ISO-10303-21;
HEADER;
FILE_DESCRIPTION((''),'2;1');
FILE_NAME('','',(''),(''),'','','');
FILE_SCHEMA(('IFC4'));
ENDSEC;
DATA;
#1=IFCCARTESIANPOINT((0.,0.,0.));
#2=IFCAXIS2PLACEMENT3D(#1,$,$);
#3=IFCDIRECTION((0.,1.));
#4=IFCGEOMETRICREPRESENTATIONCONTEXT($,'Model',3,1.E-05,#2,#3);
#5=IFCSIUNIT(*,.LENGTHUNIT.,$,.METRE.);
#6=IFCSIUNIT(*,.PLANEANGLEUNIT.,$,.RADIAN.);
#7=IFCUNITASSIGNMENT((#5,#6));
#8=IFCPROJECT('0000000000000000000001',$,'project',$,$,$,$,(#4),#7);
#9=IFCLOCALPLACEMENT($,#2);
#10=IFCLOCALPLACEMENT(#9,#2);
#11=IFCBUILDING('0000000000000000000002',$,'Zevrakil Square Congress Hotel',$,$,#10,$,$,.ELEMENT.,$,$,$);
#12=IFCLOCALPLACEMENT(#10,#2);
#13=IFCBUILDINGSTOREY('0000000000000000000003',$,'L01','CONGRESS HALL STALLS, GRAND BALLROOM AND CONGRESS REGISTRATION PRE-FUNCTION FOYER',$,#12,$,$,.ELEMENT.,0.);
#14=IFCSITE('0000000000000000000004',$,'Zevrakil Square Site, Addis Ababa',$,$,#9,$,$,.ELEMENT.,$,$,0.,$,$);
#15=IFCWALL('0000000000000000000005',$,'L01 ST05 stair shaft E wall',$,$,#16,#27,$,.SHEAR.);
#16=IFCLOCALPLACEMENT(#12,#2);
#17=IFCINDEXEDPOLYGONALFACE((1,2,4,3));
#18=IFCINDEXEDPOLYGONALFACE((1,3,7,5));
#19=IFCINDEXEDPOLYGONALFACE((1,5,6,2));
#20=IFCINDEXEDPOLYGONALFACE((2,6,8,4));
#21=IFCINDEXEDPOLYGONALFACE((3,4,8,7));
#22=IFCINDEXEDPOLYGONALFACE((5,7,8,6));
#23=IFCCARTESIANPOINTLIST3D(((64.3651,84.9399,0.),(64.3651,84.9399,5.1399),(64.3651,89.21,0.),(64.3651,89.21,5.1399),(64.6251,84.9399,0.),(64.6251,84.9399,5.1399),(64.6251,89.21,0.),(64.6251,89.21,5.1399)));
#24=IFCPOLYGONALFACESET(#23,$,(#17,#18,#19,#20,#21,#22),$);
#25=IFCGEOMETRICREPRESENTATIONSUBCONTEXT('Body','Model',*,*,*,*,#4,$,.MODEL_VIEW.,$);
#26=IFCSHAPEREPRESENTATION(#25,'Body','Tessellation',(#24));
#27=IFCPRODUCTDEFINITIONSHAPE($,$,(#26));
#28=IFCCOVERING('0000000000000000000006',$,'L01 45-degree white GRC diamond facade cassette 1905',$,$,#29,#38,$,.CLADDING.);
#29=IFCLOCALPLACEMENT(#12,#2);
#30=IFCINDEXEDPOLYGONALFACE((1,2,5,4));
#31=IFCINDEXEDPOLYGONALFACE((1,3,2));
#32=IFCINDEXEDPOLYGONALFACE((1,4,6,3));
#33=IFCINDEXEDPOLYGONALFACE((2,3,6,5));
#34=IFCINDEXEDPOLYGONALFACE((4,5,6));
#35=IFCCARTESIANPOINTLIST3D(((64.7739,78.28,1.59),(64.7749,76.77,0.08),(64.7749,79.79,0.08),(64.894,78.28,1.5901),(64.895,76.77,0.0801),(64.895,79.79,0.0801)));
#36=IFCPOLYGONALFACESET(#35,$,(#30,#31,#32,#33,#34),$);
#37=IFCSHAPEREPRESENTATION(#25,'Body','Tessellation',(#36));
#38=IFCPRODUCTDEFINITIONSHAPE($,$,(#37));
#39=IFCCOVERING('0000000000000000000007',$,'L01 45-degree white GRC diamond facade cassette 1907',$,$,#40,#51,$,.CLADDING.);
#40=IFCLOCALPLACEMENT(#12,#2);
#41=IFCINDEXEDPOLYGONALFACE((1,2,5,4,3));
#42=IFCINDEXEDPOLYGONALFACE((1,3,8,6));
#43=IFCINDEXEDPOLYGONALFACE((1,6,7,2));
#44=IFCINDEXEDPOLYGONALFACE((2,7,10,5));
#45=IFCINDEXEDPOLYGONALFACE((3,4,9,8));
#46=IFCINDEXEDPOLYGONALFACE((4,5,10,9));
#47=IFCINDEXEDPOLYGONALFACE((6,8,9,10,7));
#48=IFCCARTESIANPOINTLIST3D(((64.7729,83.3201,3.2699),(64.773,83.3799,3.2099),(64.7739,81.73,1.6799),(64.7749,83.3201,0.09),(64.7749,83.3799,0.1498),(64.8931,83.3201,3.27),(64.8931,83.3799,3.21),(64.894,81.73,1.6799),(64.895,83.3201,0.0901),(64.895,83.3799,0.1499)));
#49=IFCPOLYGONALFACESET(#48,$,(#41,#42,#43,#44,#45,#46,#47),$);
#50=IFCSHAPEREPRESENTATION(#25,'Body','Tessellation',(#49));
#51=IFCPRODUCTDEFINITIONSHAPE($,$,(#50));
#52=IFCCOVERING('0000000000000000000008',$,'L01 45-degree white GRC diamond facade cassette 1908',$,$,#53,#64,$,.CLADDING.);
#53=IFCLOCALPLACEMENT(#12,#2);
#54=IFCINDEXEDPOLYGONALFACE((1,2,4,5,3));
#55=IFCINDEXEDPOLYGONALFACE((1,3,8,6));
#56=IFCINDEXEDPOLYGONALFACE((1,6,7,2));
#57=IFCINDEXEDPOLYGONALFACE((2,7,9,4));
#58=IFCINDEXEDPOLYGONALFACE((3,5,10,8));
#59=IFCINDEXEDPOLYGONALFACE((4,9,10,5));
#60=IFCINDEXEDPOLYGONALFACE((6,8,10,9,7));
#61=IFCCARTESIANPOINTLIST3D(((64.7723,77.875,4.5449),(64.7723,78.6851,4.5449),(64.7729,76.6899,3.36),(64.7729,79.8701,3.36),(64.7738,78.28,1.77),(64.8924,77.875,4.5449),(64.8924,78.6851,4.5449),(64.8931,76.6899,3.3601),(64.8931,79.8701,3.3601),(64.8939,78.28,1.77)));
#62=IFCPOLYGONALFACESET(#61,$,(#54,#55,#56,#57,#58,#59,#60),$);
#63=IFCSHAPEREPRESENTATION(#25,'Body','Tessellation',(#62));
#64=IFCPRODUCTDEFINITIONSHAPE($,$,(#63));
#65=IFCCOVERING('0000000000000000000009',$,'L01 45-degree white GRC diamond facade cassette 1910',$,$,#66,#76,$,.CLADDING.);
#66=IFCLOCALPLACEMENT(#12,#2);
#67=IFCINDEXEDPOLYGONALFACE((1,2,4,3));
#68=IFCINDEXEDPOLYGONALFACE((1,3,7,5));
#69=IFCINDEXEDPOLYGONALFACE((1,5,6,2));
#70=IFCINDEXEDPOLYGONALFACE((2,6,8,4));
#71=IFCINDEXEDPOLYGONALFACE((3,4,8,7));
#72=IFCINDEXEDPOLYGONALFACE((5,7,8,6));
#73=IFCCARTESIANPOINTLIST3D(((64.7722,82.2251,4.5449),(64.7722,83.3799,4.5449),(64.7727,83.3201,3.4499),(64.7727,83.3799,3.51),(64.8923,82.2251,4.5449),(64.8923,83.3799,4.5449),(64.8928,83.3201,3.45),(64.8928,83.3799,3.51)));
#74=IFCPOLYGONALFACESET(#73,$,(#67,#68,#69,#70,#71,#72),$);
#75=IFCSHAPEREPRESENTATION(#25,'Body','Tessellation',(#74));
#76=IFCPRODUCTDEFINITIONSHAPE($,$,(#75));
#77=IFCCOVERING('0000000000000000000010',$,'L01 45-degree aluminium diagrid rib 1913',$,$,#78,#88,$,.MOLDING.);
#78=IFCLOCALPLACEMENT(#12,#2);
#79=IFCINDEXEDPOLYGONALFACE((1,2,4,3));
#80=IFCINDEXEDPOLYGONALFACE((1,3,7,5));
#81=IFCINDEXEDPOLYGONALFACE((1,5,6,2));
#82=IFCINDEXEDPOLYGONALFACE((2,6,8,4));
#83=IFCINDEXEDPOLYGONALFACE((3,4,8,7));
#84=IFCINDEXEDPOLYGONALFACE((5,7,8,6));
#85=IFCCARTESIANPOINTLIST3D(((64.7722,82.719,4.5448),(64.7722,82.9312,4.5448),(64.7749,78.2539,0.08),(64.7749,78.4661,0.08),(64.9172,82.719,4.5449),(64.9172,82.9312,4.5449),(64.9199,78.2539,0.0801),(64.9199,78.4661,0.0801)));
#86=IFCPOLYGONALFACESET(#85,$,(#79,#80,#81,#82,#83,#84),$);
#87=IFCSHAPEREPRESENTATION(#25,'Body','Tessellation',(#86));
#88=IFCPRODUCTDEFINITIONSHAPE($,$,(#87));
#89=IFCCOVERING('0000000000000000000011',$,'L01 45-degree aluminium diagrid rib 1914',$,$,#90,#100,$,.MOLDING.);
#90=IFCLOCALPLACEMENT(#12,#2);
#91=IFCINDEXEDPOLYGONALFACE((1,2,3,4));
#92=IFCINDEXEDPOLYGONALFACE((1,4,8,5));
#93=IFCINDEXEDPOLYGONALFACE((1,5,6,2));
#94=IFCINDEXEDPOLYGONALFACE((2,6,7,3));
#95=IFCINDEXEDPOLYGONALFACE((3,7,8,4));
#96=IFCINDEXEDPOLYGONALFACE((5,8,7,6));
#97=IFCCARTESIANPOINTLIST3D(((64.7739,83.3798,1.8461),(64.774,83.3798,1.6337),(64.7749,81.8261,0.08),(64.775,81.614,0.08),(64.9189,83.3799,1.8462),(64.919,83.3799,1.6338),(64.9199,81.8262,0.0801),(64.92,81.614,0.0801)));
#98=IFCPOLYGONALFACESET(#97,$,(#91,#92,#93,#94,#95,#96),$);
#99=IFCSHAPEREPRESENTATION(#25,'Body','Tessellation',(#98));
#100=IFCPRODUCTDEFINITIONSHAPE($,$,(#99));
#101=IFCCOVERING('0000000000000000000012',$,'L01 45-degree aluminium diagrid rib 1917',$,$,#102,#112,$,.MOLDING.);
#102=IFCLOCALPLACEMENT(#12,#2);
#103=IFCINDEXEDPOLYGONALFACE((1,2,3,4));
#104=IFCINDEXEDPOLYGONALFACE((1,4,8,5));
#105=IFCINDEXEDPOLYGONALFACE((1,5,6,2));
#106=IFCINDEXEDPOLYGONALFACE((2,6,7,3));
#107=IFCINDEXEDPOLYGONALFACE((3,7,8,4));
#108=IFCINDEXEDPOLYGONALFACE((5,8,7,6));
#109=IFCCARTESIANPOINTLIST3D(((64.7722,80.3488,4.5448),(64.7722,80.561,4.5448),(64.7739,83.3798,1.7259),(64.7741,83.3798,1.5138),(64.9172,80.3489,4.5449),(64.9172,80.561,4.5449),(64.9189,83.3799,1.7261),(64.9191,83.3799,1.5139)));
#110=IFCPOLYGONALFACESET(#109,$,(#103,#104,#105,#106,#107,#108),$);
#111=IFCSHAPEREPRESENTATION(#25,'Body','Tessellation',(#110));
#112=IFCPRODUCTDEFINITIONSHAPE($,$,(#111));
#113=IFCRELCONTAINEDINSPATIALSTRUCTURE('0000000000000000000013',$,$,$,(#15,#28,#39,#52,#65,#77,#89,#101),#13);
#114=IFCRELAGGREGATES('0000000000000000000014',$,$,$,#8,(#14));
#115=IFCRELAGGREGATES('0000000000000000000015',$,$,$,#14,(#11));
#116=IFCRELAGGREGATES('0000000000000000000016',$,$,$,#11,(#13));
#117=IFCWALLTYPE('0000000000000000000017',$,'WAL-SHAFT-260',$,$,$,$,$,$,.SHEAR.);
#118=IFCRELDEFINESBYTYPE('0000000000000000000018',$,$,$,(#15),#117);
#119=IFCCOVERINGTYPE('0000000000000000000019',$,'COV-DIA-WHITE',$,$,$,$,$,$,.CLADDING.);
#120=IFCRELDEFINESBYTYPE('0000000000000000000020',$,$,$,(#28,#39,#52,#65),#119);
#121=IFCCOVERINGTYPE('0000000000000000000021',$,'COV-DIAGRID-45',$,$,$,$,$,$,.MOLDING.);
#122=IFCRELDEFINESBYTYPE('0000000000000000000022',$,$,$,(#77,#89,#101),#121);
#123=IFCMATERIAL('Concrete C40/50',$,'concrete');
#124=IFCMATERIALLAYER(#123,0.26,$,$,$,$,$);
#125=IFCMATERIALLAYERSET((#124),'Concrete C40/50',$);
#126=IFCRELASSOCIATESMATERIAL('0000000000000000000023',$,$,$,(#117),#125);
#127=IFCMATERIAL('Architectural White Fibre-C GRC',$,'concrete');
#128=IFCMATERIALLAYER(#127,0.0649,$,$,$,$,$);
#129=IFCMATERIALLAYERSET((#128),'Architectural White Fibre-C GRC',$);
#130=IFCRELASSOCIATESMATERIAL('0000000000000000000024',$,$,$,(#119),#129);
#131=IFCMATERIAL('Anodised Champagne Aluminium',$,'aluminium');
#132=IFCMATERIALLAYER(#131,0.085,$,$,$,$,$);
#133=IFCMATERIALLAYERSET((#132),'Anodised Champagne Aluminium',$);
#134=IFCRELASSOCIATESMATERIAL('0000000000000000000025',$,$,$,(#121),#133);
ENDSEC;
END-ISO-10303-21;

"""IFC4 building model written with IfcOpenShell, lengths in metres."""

from ifc_helpers import new_model, si_unit, direction, frame, frame_2d, origin, place, context, subcontext, project, spatial, polyline, rectangle, outline, extrude, material, layer, layer_set, type_object, element, save


model = new_model("IFC4")

# Units and contexts
model_context = context("Model", 3, precision=1e-05, world=origin(), true_north=direction((0.0, 1.0)))
body_context = subcontext(model_context, "Body", "Model", "MODEL_VIEW")
ifc_project = project(units=[si_unit("LENGTHUNIT", "METRE"), si_unit("PLANEANGLEUNIT", "RADIAN")], contexts=[model_context])

# Site, building, storey
site_placement = place(None, origin())
site = spatial("IfcSite", under=ifc_project, at=site_placement, Name="Zevrakil Square Site, Addis Ababa", CompositionType="ELEMENT", RefElevation=0.0)
building_placement = place(site_placement, origin())
building = spatial("IfcBuilding", under=site, at=building_placement, Name="Zevrakil Square Congress Hotel", CompositionType="ELEMENT")
storey_placement = place(building_placement, origin())
storey = spatial("IfcBuildingStorey", under=building, at=storey_placement, Name="L01", Description="CONGRESS HALL STALLS, GRAND BALLROOM AND CONGRESS REGISTRATION PRE-FUNCTION FOYER", CompositionType="ELEMENT", Elevation=0.0)

# Wall
ifc_material_1 = material(Name="Concrete C40/50", Category="concrete")
ifc_layer_1 = layer(ifc_material_1, 0.26)
ifc_layer_set_1 = layer_set([ifc_layer_1], Name="Concrete C40/50")
wall_type_1 = type_object("IfcWallType", Name="WAL-SHAFT-260", PredefinedType="SHEAR", material=ifc_layer_set_1)
wall_1_placement = place(storey_placement, frame((64.4951, 84.9399, 0.0), z_axis=(0.0, 0.0, 1.0), x_axis=(0.0, 1.0, 0.0)))
element("IfcWall", 1, at=wall_1_placement, inside=storey, type_object=wall_type_1, Name="L01 ST05 stair shaft E wall", PredefinedType="SHEAR", context=body_context, shape_type="SweptSolid", body=[
    extrude(rectangle(XDim=4.27, YDim=0.26, at=frame_2d((2.135, 0.0))), origin(), (0.0, 0.0, 1.0), 5.1399),
])

# Coverings
ifc_material_2 = material(Name="Architectural White Fibre-C GRC", Category="concrete")
ifc_layer_2 = layer(ifc_material_2, 0.0649)
ifc_layer_set_2 = layer_set([ifc_layer_2], Name="Architectural White Fibre-C GRC")
covering_type_1 = type_object("IfcCoveringType", Name="COV-DIA-WHITE", PredefinedType="CLADDING", material=ifc_layer_set_2)
covering_1_placement = place(storey_placement, frame((64.894, 78.28, 1.5901), z_axis=(1.0, 0.0, 0.000647), x_axis=(0.000457, 0.707107, -0.707107)))
element("IfcCovering", 2, at=covering_1_placement, inside=storey, type_object=covering_type_1, Name="L01 45-degree white GRC diamond facade cassette 1905", PredefinedType="CLADDING", context=body_context, shape_type="SweptSolid", body=[
    extrude(outline(polyline([(0.0, 0.0), (2.1355, 0.0), (0.0, -2.1355), (0.0, 0.0)])), origin(), (0.0, 0.0, -1.0), 0.1201),
])
covering_2_placement = place(storey_placement, frame((64.895, 83.3201, 0.0901), z_axis=(1.0, 0.0, 0.000615), x_axis=(-0.000435, -0.707161, 0.707052)))
element("IfcCovering", 3, at=covering_2_placement, inside=storey, type_object=covering_type_1, Name="L01 45-degree white GRC diamond facade cassette 1907", PredefinedType="CLADDING", context=body_context, shape_type="SweptSolid", body=[
    extrude(outline(polyline([(0.0, 0.0), (2.2486, 0.0), (2.2484, -2.2487), (2.1636, -2.2485), (0.0, -0.0846), (0.0, 0.0)])), origin(), (0.0, 0.0, -1.0), 0.1201),
])
covering_3_placement = place(storey_placement, frame((64.8931, 79.8701, 3.3601), z_axis=(1.0, 0.0, 0.000537), x_axis=(0.00038, -0.707107, -0.707107)))
element("IfcCovering", 4, at=covering_3_placement, inside=storey, type_object=covering_type_1, Name="L01 45-degree white GRC diamond facade cassette 1908", PredefinedType="CLADDING", context=body_context, shape_type="SweptSolid", body=[
    extrude(outline(polyline([(0.0, 0.0), (2.2487, 0.0), (2.2487, -2.2487), (0.573, -2.2486), (0.0002, -1.6758), (0.0, 0.0)])), origin(), (0.0, 0.0, -1.0), 0.1201),
])
covering_4_placement = place(storey_placement, frame((64.8928, 83.3201, 3.45), z_axis=(1.0, -0.000022, 0.000447), x_axis=(-0.000332, -0.707107, 0.707107)))
element("IfcCovering", 5, at=covering_4_placement, inside=storey, type_object=covering_type_1, Name="L01 45-degree white GRC diamond facade cassette 1910", PredefinedType="CLADDING", context=body_context, shape_type="SweptSolid", body=[
    extrude(outline(polyline([(0.0, 0.0), (1.5485, 0.0), (0.732, -0.8166), (0.0002, -0.0848), (0.0, 0.0)])), origin(), (0.0, 0.0, -1.0), 0.1201),
])
ifc_material_3 = material(Name="Anodised Champagne Aluminium", Category="aluminium")
ifc_layer_3 = layer(ifc_material_3, 0.085)
ifc_layer_set_3 = layer_set([ifc_layer_3], Name="Anodised Champagne Aluminium")
covering_type_2 = type_object("IfcCoveringType", Name="COV-DIAGRID-45", PredefinedType="MOLDING", material=ifc_layer_set_3)
covering_5_placement = place(storey_placement, frame((64.9199, 78.4661, 0.0801), z_axis=(1.0, 0.0, 0.000601), x_axis=(0.0, -1.0, 0.0)))
element("IfcCovering", 6, at=covering_5_placement, inside=storey, type_object=covering_type_2, Name="L01 45-degree aluminium diagrid rib 1913", PredefinedType="MOLDING", context=body_context, shape_type="SweptSolid", body=[
    extrude(outline(polyline([(0.0, 0.0), (0.2122, 0.0), (-4.2529, -4.4648), (-4.4651, -4.4648), (0.0, 0.0)])), origin(), (0.0, 0.0, -1.0), 0.145),
])
covering_6_placement = place(storey_placement, frame((64.9199, 81.8262, 0.0801), z_axis=(1.0, 0.000294, 0.000294), x_axis=(0.000294, -1.0, 0.0)))
element("IfcCovering", 7, at=covering_6_placement, inside=storey, type_object=covering_type_2, Name="L01 45-degree aluminium diagrid rib 1914", PredefinedType="MOLDING", context=body_context, shape_type="SweptSolid", body=[
    extrude(outline(polyline([(0.0, 0.0), (0.2122, 0.0), (-1.5537, -1.7661), (-1.5537, -1.5537), (0.0, 0.0)])), origin(), (0.0, 0.0, -1.0), 0.145),
])
covering_7_placement = place(storey_placement, frame((64.9172, 80.3489, 4.5449), z_axis=(1.0, 0.000262, 0.000888), x_axis=(-0.000262, 1.0, 0.0)))
element("IfcCovering", 8, at=covering_7_placement, inside=storey, type_object=covering_type_2, Name="L01 45-degree aluminium diagrid rib 1917", PredefinedType="MOLDING", context=body_context, shape_type="SweptSolid", body=[
    extrude(outline(polyline([(0.0, 0.0), (0.2122, 0.0), (3.031, -2.8188), (3.031, -3.031), (0.0, 0.0)])), origin(), (0.0, 0.0, -1.0), 0.145),
])

save(model, "model.ifc")
